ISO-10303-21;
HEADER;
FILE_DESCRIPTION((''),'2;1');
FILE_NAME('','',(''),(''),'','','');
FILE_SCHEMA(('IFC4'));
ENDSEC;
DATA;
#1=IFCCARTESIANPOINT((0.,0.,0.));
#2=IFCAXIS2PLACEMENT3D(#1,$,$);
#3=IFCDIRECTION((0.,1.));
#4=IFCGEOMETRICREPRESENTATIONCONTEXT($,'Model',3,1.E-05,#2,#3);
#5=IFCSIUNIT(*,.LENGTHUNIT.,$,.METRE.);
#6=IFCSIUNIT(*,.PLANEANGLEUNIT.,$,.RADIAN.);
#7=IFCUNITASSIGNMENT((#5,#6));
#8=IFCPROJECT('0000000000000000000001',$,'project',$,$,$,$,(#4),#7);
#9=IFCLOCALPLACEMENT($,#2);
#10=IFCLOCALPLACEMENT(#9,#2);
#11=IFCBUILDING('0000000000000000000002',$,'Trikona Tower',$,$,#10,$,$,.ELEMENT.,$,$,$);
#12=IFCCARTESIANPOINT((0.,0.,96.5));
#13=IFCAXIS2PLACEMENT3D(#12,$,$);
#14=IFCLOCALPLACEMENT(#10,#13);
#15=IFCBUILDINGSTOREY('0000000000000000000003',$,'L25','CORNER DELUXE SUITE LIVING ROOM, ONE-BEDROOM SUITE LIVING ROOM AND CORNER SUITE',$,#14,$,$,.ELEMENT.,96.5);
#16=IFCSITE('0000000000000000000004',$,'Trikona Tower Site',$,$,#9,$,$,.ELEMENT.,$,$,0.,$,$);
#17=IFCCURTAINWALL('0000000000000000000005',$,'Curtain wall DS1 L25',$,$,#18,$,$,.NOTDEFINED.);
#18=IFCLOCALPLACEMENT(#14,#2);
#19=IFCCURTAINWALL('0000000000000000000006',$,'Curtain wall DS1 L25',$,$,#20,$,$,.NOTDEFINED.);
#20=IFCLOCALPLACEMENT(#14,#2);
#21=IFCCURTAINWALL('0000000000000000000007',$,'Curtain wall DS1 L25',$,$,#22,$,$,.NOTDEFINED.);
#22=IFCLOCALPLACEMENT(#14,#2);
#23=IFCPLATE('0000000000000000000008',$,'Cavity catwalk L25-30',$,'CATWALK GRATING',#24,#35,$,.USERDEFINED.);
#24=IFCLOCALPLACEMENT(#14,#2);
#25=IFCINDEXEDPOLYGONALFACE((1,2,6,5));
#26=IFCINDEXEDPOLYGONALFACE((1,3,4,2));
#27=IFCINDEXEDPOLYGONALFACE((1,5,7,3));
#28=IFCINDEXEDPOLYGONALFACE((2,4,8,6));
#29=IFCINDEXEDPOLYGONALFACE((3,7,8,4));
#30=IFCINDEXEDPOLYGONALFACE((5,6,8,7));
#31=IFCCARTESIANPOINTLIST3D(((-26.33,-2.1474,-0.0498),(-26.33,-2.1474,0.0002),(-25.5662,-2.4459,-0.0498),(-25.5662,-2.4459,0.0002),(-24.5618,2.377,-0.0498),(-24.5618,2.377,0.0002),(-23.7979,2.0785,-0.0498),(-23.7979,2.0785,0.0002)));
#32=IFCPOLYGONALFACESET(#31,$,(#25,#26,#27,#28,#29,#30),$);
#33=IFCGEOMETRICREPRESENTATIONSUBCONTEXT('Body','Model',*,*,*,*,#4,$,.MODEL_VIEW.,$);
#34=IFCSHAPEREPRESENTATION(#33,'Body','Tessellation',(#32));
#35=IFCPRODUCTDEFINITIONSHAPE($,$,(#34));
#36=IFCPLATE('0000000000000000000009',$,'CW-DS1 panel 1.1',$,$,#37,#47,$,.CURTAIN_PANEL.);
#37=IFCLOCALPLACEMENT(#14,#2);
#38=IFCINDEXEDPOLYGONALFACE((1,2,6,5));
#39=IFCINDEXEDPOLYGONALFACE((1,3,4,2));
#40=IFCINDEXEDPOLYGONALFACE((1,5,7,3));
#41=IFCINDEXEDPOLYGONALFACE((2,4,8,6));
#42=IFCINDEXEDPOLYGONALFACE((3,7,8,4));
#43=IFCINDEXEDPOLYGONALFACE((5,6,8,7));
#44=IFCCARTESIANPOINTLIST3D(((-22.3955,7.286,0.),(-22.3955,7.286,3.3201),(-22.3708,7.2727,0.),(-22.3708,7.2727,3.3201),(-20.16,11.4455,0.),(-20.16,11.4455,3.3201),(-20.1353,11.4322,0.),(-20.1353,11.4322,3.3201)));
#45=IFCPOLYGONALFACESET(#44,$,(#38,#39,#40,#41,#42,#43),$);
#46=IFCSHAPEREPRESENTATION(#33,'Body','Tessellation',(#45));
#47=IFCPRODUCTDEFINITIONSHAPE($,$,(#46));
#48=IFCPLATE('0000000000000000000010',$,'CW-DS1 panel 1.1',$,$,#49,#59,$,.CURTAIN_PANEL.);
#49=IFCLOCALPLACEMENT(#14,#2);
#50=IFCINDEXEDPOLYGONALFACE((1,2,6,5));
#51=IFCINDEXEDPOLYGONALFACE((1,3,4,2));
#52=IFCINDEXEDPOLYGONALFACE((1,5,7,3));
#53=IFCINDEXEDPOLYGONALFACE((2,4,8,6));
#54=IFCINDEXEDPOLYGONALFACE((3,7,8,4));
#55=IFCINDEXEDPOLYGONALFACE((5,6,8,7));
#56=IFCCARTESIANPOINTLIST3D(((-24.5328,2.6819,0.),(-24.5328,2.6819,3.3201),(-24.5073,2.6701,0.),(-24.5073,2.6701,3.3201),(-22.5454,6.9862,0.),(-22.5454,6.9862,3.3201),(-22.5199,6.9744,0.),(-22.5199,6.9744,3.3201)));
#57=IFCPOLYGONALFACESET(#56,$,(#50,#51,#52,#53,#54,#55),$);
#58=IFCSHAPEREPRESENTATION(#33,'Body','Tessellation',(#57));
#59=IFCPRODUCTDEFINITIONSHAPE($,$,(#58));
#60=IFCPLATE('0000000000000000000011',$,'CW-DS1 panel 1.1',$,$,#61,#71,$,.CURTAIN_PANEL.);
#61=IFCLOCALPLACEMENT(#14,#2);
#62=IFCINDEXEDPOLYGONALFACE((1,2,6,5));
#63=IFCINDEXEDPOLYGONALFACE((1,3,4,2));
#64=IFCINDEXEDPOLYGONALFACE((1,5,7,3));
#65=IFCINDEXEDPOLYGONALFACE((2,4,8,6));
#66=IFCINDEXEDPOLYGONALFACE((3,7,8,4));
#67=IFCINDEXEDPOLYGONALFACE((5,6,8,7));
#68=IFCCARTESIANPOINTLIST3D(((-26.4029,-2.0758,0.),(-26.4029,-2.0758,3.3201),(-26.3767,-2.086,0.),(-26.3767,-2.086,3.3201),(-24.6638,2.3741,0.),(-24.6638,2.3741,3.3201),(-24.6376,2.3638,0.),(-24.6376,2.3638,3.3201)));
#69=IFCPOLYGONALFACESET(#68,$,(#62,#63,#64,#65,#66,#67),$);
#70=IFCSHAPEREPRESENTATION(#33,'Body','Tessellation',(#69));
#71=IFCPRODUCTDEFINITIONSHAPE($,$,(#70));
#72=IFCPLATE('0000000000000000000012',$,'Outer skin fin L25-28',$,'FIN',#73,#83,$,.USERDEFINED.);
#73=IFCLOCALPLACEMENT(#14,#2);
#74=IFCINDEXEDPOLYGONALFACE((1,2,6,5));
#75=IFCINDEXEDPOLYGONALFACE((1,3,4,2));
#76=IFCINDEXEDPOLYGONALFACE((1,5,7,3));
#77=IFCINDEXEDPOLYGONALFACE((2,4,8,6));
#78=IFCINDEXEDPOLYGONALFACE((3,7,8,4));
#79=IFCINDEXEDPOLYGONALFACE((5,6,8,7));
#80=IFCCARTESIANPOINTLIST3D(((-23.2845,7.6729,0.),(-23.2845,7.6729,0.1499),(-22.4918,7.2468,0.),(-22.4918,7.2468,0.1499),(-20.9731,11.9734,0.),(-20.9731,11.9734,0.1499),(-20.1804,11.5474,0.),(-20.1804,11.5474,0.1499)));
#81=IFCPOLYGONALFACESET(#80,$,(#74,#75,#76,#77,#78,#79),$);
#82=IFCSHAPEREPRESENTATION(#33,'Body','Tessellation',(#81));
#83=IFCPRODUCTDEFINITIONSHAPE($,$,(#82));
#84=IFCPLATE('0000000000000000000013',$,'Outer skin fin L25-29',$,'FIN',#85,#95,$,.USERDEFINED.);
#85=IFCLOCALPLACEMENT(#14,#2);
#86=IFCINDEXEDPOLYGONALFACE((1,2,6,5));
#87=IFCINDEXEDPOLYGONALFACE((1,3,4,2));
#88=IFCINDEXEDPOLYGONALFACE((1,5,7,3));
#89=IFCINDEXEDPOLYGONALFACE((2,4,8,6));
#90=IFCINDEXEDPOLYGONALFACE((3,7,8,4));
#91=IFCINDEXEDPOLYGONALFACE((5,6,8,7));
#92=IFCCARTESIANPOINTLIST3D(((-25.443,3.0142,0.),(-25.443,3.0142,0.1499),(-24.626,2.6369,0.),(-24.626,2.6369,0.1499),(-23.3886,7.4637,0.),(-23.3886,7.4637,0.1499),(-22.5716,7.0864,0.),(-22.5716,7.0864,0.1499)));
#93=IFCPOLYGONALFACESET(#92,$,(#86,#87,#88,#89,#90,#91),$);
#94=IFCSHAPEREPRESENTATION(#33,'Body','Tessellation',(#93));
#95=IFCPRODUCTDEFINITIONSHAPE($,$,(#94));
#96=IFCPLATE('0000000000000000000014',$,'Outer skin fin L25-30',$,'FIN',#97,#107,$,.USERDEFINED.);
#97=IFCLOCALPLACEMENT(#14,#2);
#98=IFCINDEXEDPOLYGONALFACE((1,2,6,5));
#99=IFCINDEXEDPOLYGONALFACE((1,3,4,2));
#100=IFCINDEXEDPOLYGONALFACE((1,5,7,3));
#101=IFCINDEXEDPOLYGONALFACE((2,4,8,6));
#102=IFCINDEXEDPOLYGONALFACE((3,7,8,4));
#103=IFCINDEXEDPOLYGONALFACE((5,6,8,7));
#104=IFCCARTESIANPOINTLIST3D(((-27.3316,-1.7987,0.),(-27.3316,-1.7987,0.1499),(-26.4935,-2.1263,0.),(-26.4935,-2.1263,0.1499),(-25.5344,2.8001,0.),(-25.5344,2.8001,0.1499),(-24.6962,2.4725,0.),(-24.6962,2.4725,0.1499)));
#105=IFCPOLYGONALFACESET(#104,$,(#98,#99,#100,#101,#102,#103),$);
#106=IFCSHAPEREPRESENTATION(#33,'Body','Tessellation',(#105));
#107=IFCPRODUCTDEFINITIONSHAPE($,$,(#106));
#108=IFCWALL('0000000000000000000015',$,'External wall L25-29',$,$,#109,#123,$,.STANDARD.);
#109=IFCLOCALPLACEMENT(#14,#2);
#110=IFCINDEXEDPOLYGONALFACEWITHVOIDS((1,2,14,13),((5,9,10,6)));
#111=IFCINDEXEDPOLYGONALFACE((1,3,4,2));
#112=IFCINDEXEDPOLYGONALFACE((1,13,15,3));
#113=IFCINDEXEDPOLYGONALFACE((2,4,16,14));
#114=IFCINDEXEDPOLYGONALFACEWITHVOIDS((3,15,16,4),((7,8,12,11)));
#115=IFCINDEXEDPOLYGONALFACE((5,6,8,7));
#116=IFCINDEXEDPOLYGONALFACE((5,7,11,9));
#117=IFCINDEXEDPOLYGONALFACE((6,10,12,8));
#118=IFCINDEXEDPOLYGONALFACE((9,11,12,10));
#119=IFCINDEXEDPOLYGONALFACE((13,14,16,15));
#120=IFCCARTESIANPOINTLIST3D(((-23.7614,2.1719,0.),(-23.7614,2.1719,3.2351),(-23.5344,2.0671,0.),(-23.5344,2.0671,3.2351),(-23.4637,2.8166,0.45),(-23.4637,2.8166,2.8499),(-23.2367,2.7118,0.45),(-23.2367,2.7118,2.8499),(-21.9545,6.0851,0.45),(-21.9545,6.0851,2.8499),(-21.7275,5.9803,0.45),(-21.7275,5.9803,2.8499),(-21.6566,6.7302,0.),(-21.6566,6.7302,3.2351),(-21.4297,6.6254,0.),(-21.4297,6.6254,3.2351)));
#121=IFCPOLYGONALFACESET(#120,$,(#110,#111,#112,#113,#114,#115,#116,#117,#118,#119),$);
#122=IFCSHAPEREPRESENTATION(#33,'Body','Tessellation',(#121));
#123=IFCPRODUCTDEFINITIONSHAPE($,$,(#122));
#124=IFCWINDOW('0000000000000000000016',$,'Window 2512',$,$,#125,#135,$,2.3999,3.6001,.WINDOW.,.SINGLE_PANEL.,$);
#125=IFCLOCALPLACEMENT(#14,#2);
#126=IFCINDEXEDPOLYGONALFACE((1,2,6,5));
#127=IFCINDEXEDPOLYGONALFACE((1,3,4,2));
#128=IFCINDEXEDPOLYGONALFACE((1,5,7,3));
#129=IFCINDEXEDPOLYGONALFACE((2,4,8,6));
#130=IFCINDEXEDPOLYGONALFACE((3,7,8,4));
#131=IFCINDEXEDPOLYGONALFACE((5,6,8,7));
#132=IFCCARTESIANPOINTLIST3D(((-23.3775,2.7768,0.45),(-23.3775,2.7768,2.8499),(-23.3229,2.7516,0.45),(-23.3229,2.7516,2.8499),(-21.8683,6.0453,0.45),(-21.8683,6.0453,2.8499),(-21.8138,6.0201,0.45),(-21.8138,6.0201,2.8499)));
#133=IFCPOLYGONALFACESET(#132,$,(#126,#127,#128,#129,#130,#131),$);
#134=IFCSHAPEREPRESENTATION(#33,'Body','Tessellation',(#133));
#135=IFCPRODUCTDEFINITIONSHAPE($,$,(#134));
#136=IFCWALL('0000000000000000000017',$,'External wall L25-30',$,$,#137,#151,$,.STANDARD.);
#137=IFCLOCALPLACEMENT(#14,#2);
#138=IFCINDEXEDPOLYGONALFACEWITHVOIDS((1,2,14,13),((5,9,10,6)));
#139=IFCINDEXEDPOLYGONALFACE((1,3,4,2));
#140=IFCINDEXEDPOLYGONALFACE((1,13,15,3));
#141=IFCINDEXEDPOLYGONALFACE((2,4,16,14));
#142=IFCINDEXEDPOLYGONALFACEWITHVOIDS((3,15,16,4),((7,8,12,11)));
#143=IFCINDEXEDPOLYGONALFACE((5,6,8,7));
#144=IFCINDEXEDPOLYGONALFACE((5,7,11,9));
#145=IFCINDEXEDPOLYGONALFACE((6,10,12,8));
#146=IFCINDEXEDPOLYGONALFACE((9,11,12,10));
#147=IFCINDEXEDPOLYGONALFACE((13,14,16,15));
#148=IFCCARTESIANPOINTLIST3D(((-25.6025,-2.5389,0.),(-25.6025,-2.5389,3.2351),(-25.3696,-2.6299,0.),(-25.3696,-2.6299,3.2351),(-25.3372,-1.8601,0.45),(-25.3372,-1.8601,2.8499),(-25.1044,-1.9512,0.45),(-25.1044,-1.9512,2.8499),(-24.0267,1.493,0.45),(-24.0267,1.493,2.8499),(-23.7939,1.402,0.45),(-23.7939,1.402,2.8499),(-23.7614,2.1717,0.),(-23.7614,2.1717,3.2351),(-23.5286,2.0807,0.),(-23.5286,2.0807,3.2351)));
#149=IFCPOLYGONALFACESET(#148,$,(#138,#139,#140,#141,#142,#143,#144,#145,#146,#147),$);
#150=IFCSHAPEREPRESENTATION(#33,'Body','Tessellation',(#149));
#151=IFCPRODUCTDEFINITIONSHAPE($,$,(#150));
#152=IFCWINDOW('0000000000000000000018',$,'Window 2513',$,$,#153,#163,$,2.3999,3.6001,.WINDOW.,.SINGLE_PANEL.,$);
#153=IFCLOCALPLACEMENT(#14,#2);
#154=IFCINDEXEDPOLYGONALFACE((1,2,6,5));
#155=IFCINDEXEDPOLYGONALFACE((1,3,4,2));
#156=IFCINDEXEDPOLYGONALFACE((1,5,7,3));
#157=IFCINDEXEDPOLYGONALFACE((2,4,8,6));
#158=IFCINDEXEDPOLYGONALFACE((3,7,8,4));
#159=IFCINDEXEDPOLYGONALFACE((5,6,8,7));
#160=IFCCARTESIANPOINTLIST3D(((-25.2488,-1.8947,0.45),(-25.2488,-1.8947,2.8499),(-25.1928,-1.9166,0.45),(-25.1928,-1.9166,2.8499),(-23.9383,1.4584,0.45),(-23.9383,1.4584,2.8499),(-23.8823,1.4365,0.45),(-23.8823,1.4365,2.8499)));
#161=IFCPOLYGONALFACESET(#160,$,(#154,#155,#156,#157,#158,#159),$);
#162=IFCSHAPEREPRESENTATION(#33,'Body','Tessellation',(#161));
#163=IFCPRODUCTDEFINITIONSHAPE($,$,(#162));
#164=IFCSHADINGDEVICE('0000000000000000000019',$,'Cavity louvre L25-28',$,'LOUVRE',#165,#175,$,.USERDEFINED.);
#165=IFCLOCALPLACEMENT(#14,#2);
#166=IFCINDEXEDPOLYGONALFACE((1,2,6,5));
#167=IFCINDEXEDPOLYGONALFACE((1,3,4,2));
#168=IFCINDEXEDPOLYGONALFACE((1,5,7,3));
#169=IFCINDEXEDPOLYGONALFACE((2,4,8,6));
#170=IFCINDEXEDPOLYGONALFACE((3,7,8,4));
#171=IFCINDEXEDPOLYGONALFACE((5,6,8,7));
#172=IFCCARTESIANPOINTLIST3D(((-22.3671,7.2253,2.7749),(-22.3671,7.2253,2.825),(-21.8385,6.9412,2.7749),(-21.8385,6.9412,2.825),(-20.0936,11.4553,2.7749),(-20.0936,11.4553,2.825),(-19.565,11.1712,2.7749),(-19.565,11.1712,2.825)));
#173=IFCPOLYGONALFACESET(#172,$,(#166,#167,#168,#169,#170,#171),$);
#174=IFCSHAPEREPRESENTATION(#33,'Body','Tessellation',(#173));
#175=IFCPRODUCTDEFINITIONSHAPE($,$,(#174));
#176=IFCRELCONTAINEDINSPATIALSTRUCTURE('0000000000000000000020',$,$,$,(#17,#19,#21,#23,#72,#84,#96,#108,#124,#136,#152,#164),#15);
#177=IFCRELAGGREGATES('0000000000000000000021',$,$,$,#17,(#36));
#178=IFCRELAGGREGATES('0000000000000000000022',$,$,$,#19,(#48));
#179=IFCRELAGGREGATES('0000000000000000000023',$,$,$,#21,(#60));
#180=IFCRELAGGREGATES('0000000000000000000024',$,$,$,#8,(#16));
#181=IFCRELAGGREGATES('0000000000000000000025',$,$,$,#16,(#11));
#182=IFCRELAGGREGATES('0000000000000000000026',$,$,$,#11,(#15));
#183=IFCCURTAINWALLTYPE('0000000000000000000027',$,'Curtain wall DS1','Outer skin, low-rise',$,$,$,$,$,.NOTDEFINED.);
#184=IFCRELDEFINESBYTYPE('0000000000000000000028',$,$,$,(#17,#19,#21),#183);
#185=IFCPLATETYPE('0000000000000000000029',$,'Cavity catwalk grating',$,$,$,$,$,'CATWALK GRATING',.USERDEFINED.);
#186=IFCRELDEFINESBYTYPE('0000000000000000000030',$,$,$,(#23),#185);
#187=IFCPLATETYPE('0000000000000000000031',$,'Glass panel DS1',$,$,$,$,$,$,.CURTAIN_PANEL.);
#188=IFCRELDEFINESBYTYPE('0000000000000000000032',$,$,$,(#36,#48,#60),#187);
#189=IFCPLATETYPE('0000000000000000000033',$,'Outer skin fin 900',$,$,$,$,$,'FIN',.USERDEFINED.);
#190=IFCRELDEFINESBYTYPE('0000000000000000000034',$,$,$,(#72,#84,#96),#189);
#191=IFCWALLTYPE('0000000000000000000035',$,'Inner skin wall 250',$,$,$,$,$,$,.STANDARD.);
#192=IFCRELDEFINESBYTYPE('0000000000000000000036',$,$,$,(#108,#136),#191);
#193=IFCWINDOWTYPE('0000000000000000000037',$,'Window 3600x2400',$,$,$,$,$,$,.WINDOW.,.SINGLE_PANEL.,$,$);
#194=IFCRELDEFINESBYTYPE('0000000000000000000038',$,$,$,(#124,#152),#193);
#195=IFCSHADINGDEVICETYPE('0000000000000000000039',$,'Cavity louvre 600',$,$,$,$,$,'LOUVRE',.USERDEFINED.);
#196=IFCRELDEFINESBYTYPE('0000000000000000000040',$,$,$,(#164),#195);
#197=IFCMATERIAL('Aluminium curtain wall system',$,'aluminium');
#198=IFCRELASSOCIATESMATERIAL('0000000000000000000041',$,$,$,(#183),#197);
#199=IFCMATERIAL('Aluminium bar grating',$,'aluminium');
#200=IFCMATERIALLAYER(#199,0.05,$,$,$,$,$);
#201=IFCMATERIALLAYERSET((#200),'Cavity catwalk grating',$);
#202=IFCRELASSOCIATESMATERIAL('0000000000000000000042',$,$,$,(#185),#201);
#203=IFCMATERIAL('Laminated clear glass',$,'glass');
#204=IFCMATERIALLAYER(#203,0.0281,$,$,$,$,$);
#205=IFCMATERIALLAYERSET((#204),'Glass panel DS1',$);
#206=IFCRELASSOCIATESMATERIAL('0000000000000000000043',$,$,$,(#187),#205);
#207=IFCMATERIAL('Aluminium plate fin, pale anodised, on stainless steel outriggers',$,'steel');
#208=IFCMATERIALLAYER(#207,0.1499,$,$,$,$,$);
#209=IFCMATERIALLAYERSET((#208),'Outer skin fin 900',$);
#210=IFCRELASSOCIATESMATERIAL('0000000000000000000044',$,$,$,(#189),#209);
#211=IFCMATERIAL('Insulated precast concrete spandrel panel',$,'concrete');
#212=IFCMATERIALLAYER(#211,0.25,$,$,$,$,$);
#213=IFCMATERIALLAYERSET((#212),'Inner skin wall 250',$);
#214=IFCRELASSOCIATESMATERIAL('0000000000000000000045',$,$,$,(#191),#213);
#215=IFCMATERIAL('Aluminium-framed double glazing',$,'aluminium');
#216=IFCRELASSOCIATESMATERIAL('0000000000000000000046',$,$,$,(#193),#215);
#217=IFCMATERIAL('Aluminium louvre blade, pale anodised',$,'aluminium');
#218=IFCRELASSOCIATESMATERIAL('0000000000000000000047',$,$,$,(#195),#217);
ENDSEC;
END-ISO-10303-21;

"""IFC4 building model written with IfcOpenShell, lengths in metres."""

from ifc_helpers import new_model, si_unit, direction, frame, frame_2d, origin, origin_2d, place, context, subcontext, project, spatial, rectangle, extrude, material, layer, layer_set, type_object, element, fill, aggregate, save


model = new_model("IFC4")

# Units and contexts
model_context = context("Model", 3, precision=1e-05, world=origin(), true_north=direction((0.0, 1.0)))
body_context = subcontext(model_context, "Body", "Model", "MODEL_VIEW")
ifc_project = project(units=[si_unit("LENGTHUNIT", "METRE"), si_unit("PLANEANGLEUNIT", "RADIAN")], contexts=[model_context])

# Site, building, storey
site_placement = place(None, origin())
site = spatial("IfcSite", under=ifc_project, at=site_placement, Name="Trikona Tower Site", CompositionType="ELEMENT", RefElevation=0.0)
building_placement = place(site_placement, origin())
building = spatial("IfcBuilding", under=site, at=building_placement, Name="Trikona Tower", CompositionType="ELEMENT")
storey_placement = place(building_placement, frame((0.0, 0.0, 96.5)))
storey = spatial("IfcBuildingStorey", under=building, at=storey_placement, Name="L25", Description="CORNER DELUXE SUITE LIVING ROOM, ONE-BEDROOM SUITE LIVING ROOM AND CORNER SUITE", CompositionType="ELEMENT", Elevation=96.5)

# Curtain walls
ifc_material_1 = material(Name="Aluminium curtain wall system", Category="aluminium")
curtain_wall_type = type_object("IfcCurtainWallType", Name="Curtain wall DS1", Description="Outer skin, low-rise", PredefinedType="NOTDEFINED", material=ifc_material_1)
curtain_wall_1_placement = place(storey_placement, origin())
curtain_wall_1 = element("IfcCurtainWall", 1, at=curtain_wall_1_placement, inside=storey, type_object=curtain_wall_type, Name="Curtain wall DS1 L25", PredefinedType="NOTDEFINED")
curtain_wall_2_placement = place(storey_placement, origin())
curtain_wall_2 = element("IfcCurtainWall", 2, at=curtain_wall_2_placement, inside=storey, type_object=curtain_wall_type, Name="Curtain wall DS1 L25", PredefinedType="NOTDEFINED")

# Curtain wall
curtain_wall_3_placement = place(storey_placement, origin())
curtain_wall_3 = element("IfcCurtainWall", 3, at=curtain_wall_3_placement, inside=storey, type_object=curtain_wall_type, Name="Curtain wall DS1 L25", PredefinedType="NOTDEFINED")

# Plate
ifc_material_2 = material(Name="Aluminium bar grating", Category="aluminium")
ifc_layer_1 = layer(ifc_material_2, 0.05)
ifc_layer_set_1 = layer_set([ifc_layer_1], Name="Cavity catwalk grating")
plate_type_1 = type_object("IfcPlateType", Name="Cavity catwalk grating", ElementType="CATWALK GRATING", PredefinedType="USERDEFINED", material=ifc_layer_set_1)
plate_1_placement = place(storey_placement, frame((-25.064, -0.0344, -0.0498), z_axis=(0.0, 0.0, 1.0), x_axis=(-0.364009, -0.931395, 0.0)))
element("IfcPlate", 4, at=plate_1_placement, inside=storey, type_object=plate_type_1, Name="Cavity catwalk L25-30", ObjectType="CATWALK GRATING", PredefinedType="USERDEFINED", context=body_context, shape_type="SweptSolid", body=[
    extrude(rectangle(XDim=4.8577, YDim=0.8201, at=origin_2d()), origin(), (0.0, 0.0, 1.0), 0.05),
])

# Plates
ifc_material_3 = material(Name="Laminated clear glass", Category="glass")
ifc_layer_2 = layer(ifc_material_3, 0.0281)
ifc_layer_set_2 = layer_set([ifc_layer_2], Name="Glass panel DS1")
plate_type_2 = type_object("IfcPlateType", Name="Glass panel DS1", PredefinedType="CURTAIN_PANEL", material=ifc_layer_set_2)
plate_2_placement = place(storey_placement, frame((-21.2654, 9.3591, 0.0), z_axis=(0.0, 0.0, 1.0), x_axis=(-0.473408, -0.880843, 0.0)))
plate_2 = element("IfcPlate", 5, at=plate_2_placement, type_object=plate_type_2, Name="CW-DS1 panel 1.1", PredefinedType="CURTAIN_PANEL", context=body_context, shape_type="SweptSolid", body=[
    extrude(rectangle(XDim=4.7222, YDim=0.0281, at=origin_2d()), origin(), (0.0, 0.0, 1.0), 3.3201),
])
aggregate(curtain_wall_1, [plate_2])
plate_3_placement = place(storey_placement, frame((-23.5264, 4.8281, 0.0), z_axis=(0.0, 0.0, 1.0), x_axis=(-0.41919, -0.907898, 0.0)))
plate_3 = element("IfcPlate", 6, at=plate_3_placement, type_object=plate_type_2, Name="CW-DS1 panel 1.1", PredefinedType="CURTAIN_PANEL", context=body_context, shape_type="SweptSolid", body=[
    extrude(rectangle(XDim=4.741, YDim=0.0281, at=origin_2d()), origin(), (0.0, 0.0, 1.0), 3.3201),
])
aggregate(curtain_wall_2, [plate_3])
plate_4_placement = place(storey_placement, frame((-25.5203, 0.144, 0.0), z_axis=(0.0, 0.0, 1.0), x_axis=(-0.364008, -0.931396, 0.0)))
plate_4 = element("IfcPlate", 7, at=plate_4_placement, type_object=plate_type_2, Name="CW-DS1 panel 1.1", PredefinedType="CURTAIN_PANEL", context=body_context, shape_type="SweptSolid", body=[
    extrude(rectangle(XDim=4.7776, YDim=0.0281, at=origin_2d()), origin(), (0.0, 0.0, 1.0), 3.3201),
])
aggregate(curtain_wall_3, [plate_4])

# Plates
ifc_material_4 = material(Name="Aluminium plate fin, pale anodised, on stainless steel outriggers", Category="steel")
ifc_layer_3 = layer(ifc_material_4, 0.1499)
ifc_layer_set_3 = layer_set([ifc_layer_3], Name="Outer skin fin 900")
plate_type_3 = type_object("IfcPlateType", Name="Outer skin fin 900", ElementType="FIN", PredefinedType="USERDEFINED", material=ifc_layer_set_3)
plate_5_placement = place(storey_placement, frame((-21.7324, 9.6101, 0.0), z_axis=(0.0, 0.0, 1.0), x_axis=(-0.473423, -0.880835, 0.0)))
element("IfcPlate", 8, at=plate_5_placement, inside=storey, type_object=plate_type_3, Name="Outer skin fin L25-28", ObjectType="FIN", PredefinedType="USERDEFINED", context=body_context, shape_type="SweptSolid", body=[
    extrude(rectangle(XDim=4.8823, YDim=0.8999, at=origin_2d()), origin(), (0.0, 0.0, 1.0), 0.1499),
])
plate_6_placement = place(storey_placement, frame((-24.0073, 5.0503, 0.0), z_axis=(0.0, 0.0, 1.0), x_axis=(-0.419194, -0.907897, 0.0)))
element("IfcPlate", 9, at=plate_6_placement, inside=storey, type_object=plate_type_3, Name="Outer skin fin L25-29", ObjectType="FIN", PredefinedType="USERDEFINED", context=body_context, shape_type="SweptSolid", body=[
    extrude(rectangle(XDim=4.9009, YDim=0.8999, at=origin_2d()), origin(), (0.0, 0.0, 1.0), 0.1499),
])
plate_7_placement = place(storey_placement, frame((-26.0139, 0.3369, 0.0), z_axis=(0.0, 0.0, 1.0), x_axis=(-0.364009, -0.931395, 0.0)))
element("IfcPlate", 10, at=plate_7_placement, inside=storey, type_object=plate_type_3, Name="Outer skin fin L25-30", ObjectType="FIN", PredefinedType="USERDEFINED", context=body_context, shape_type="SweptSolid", body=[
    extrude(rectangle(XDim=4.9375, YDim=0.8999, at=origin_2d()), origin(), (0.0, 0.0, 1.0), 0.1499),
])

# Walls, openings, windows
ifc_material_5 = material(Name="Insulated precast concrete spandrel panel", Category="concrete")
ifc_layer_4 = layer(ifc_material_5, 0.25)
ifc_layer_set_4 = layer_set([ifc_layer_4], Name="Inner skin wall 250")
wall_type = type_object("IfcWallType", Name="Inner skin wall 250", PredefinedType="STANDARD", material=ifc_layer_set_4)
wall_1_placement = place(storey_placement, frame((-21.5432, 6.6777, 0.0), z_axis=(0.0, 0.0, 1.0), x_axis=(-0.419203, -0.907892, 0.0)))
wall_1 = element("IfcWall", 11, at=wall_1_placement, inside=storey, type_object=wall_type, Name="External wall L25-29", PredefinedType="STANDARD", context=body_context, shape_type="SweptSolid", body=[
    extrude(rectangle(XDim=5.0208, YDim=0.25, at=frame_2d((2.5103, 0.0))), origin(), (0.0, 0.0, 1.0), 3.2351),
])
opening_1_placement = place(wall_1_placement, frame((0.7104, 0.0, 0.45)))
opening_1 = element("IfcOpeningElement", 12, at=opening_1_placement, cuts=wall_1, PredefinedType="OPENING", context=body_context, shape_type="SweptSolid", body=[
    extrude(rectangle(XDim=3.6001, YDim=2.3999, at=frame_2d((1.8, 1.2))), frame((0.0, 0.135, 0.0), z_axis=(0.0, -1.0, 0.0), x_axis=(1.0, 0.0, 0.0)), (0.0, 0.0, 1.0), 0.27),
])
ifc_material_6 = material(Name="Aluminium-framed double glazing", Category="aluminium")
window_type = type_object("IfcWindowType", Name="Window 3600x2400", PartitioningType="SINGLE_PANEL", PredefinedType="WINDOW", material=ifc_material_6)
window_1_placement = place(opening_1_placement, origin())
window_1 = element("IfcWindow", 13, at=window_1_placement, inside=storey, type_object=window_type, Name="Window 2512", OverallHeight=2.3999, OverallWidth=3.6001, PartitioningType="SINGLE_PANEL", PredefinedType="WINDOW", context=body_context, shape_type="SweptSolid", body=[
    extrude(rectangle(XDim=3.6001, YDim=2.3999, at=frame_2d((1.8, 1.2))), frame((0.0, 0.03, 0.0), z_axis=(0.0, -1.0, 0.0), x_axis=(1.0, 0.0, 0.0)), (0.0, 0.0, 1.0), 0.0601),
])
fill(opening_1, window_1)
wall_2_placement = place(storey_placement, frame((-23.645, 2.1262, 0.0), z_axis=(0.0, 0.0, 1.0), x_axis=(-0.364013, -0.931394, 0.0)))
wall_2 = element("IfcWall", 14, at=wall_2_placement, inside=storey, type_object=wall_type, Name="External wall L25-30", PredefinedType="STANDARD", context=body_context, shape_type="SweptSolid", body=[
    extrude(rectangle(XDim=5.0576, YDim=0.25, at=frame_2d((2.5288, 0.0))), origin(), (0.0, 0.0, 1.0), 3.2351),
])
opening_2_placement = place(wall_2_placement, frame((0.7288, 0.0, 0.45)))
opening_2 = element("IfcOpeningElement", 15, at=opening_2_placement, cuts=wall_2, PredefinedType="OPENING", context=body_context, shape_type="SweptSolid", body=[
    extrude(rectangle(XDim=3.6001, YDim=2.3999, at=frame_2d((1.8, 1.2))), frame((0.0, 0.135, 0.0), z_axis=(0.0, -1.0, 0.0), x_axis=(1.0, 0.0, 0.0)), (0.0, 0.0, 1.0), 0.27),
])
window_2_placement = place(opening_2_placement, origin())
window_2 = element("IfcWindow", 16, at=window_2_placement, inside=storey, type_object=window_type, Name="Window 2513", OverallHeight=2.3999, OverallWidth=3.6001, PartitioningType="SINGLE_PANEL", PredefinedType="WINDOW", context=body_context, shape_type="SweptSolid", body=[
    extrude(rectangle(XDim=3.6001, YDim=2.3999, at=frame_2d((1.8, 1.2))), frame((0.0, 0.03, 0.0), z_axis=(0.0, -1.0, 0.0), x_axis=(1.0, 0.0, 0.0)), (0.0, 0.0, 1.0), 0.0601),
])
fill(opening_2, window_2)

# Shading device
ifc_material_7 = material(Name="Aluminium louvre blade, pale anodised", Category="aluminium")
shading_device_type = type_object("IfcShadingDeviceType", Name="Cavity louvre 600", ElementType="LOUVRE", PredefinedType="USERDEFINED", material=ifc_material_7)
shading_device_1_placement = place(storey_placement, frame((-20.9661, 9.1982, 2.7749), z_axis=(0.0, 0.0, 1.0), x_axis=(-0.473423, -0.880835, 0.0)))
element("IfcShadingDevice", 17, at=shading_device_1_placement, inside=storey, type_object=shading_device_type, Name="Cavity louvre L25-28", ObjectType="LOUVRE", PredefinedType="USERDEFINED", context=body_context, shape_type="SweptSolid", body=[
    extrude(rectangle(XDim=4.8022, YDim=0.6001, at=origin_2d()), origin(), (0.0, 0.0, 1.0), 0.05),
])

save(model, "model.ifc")
